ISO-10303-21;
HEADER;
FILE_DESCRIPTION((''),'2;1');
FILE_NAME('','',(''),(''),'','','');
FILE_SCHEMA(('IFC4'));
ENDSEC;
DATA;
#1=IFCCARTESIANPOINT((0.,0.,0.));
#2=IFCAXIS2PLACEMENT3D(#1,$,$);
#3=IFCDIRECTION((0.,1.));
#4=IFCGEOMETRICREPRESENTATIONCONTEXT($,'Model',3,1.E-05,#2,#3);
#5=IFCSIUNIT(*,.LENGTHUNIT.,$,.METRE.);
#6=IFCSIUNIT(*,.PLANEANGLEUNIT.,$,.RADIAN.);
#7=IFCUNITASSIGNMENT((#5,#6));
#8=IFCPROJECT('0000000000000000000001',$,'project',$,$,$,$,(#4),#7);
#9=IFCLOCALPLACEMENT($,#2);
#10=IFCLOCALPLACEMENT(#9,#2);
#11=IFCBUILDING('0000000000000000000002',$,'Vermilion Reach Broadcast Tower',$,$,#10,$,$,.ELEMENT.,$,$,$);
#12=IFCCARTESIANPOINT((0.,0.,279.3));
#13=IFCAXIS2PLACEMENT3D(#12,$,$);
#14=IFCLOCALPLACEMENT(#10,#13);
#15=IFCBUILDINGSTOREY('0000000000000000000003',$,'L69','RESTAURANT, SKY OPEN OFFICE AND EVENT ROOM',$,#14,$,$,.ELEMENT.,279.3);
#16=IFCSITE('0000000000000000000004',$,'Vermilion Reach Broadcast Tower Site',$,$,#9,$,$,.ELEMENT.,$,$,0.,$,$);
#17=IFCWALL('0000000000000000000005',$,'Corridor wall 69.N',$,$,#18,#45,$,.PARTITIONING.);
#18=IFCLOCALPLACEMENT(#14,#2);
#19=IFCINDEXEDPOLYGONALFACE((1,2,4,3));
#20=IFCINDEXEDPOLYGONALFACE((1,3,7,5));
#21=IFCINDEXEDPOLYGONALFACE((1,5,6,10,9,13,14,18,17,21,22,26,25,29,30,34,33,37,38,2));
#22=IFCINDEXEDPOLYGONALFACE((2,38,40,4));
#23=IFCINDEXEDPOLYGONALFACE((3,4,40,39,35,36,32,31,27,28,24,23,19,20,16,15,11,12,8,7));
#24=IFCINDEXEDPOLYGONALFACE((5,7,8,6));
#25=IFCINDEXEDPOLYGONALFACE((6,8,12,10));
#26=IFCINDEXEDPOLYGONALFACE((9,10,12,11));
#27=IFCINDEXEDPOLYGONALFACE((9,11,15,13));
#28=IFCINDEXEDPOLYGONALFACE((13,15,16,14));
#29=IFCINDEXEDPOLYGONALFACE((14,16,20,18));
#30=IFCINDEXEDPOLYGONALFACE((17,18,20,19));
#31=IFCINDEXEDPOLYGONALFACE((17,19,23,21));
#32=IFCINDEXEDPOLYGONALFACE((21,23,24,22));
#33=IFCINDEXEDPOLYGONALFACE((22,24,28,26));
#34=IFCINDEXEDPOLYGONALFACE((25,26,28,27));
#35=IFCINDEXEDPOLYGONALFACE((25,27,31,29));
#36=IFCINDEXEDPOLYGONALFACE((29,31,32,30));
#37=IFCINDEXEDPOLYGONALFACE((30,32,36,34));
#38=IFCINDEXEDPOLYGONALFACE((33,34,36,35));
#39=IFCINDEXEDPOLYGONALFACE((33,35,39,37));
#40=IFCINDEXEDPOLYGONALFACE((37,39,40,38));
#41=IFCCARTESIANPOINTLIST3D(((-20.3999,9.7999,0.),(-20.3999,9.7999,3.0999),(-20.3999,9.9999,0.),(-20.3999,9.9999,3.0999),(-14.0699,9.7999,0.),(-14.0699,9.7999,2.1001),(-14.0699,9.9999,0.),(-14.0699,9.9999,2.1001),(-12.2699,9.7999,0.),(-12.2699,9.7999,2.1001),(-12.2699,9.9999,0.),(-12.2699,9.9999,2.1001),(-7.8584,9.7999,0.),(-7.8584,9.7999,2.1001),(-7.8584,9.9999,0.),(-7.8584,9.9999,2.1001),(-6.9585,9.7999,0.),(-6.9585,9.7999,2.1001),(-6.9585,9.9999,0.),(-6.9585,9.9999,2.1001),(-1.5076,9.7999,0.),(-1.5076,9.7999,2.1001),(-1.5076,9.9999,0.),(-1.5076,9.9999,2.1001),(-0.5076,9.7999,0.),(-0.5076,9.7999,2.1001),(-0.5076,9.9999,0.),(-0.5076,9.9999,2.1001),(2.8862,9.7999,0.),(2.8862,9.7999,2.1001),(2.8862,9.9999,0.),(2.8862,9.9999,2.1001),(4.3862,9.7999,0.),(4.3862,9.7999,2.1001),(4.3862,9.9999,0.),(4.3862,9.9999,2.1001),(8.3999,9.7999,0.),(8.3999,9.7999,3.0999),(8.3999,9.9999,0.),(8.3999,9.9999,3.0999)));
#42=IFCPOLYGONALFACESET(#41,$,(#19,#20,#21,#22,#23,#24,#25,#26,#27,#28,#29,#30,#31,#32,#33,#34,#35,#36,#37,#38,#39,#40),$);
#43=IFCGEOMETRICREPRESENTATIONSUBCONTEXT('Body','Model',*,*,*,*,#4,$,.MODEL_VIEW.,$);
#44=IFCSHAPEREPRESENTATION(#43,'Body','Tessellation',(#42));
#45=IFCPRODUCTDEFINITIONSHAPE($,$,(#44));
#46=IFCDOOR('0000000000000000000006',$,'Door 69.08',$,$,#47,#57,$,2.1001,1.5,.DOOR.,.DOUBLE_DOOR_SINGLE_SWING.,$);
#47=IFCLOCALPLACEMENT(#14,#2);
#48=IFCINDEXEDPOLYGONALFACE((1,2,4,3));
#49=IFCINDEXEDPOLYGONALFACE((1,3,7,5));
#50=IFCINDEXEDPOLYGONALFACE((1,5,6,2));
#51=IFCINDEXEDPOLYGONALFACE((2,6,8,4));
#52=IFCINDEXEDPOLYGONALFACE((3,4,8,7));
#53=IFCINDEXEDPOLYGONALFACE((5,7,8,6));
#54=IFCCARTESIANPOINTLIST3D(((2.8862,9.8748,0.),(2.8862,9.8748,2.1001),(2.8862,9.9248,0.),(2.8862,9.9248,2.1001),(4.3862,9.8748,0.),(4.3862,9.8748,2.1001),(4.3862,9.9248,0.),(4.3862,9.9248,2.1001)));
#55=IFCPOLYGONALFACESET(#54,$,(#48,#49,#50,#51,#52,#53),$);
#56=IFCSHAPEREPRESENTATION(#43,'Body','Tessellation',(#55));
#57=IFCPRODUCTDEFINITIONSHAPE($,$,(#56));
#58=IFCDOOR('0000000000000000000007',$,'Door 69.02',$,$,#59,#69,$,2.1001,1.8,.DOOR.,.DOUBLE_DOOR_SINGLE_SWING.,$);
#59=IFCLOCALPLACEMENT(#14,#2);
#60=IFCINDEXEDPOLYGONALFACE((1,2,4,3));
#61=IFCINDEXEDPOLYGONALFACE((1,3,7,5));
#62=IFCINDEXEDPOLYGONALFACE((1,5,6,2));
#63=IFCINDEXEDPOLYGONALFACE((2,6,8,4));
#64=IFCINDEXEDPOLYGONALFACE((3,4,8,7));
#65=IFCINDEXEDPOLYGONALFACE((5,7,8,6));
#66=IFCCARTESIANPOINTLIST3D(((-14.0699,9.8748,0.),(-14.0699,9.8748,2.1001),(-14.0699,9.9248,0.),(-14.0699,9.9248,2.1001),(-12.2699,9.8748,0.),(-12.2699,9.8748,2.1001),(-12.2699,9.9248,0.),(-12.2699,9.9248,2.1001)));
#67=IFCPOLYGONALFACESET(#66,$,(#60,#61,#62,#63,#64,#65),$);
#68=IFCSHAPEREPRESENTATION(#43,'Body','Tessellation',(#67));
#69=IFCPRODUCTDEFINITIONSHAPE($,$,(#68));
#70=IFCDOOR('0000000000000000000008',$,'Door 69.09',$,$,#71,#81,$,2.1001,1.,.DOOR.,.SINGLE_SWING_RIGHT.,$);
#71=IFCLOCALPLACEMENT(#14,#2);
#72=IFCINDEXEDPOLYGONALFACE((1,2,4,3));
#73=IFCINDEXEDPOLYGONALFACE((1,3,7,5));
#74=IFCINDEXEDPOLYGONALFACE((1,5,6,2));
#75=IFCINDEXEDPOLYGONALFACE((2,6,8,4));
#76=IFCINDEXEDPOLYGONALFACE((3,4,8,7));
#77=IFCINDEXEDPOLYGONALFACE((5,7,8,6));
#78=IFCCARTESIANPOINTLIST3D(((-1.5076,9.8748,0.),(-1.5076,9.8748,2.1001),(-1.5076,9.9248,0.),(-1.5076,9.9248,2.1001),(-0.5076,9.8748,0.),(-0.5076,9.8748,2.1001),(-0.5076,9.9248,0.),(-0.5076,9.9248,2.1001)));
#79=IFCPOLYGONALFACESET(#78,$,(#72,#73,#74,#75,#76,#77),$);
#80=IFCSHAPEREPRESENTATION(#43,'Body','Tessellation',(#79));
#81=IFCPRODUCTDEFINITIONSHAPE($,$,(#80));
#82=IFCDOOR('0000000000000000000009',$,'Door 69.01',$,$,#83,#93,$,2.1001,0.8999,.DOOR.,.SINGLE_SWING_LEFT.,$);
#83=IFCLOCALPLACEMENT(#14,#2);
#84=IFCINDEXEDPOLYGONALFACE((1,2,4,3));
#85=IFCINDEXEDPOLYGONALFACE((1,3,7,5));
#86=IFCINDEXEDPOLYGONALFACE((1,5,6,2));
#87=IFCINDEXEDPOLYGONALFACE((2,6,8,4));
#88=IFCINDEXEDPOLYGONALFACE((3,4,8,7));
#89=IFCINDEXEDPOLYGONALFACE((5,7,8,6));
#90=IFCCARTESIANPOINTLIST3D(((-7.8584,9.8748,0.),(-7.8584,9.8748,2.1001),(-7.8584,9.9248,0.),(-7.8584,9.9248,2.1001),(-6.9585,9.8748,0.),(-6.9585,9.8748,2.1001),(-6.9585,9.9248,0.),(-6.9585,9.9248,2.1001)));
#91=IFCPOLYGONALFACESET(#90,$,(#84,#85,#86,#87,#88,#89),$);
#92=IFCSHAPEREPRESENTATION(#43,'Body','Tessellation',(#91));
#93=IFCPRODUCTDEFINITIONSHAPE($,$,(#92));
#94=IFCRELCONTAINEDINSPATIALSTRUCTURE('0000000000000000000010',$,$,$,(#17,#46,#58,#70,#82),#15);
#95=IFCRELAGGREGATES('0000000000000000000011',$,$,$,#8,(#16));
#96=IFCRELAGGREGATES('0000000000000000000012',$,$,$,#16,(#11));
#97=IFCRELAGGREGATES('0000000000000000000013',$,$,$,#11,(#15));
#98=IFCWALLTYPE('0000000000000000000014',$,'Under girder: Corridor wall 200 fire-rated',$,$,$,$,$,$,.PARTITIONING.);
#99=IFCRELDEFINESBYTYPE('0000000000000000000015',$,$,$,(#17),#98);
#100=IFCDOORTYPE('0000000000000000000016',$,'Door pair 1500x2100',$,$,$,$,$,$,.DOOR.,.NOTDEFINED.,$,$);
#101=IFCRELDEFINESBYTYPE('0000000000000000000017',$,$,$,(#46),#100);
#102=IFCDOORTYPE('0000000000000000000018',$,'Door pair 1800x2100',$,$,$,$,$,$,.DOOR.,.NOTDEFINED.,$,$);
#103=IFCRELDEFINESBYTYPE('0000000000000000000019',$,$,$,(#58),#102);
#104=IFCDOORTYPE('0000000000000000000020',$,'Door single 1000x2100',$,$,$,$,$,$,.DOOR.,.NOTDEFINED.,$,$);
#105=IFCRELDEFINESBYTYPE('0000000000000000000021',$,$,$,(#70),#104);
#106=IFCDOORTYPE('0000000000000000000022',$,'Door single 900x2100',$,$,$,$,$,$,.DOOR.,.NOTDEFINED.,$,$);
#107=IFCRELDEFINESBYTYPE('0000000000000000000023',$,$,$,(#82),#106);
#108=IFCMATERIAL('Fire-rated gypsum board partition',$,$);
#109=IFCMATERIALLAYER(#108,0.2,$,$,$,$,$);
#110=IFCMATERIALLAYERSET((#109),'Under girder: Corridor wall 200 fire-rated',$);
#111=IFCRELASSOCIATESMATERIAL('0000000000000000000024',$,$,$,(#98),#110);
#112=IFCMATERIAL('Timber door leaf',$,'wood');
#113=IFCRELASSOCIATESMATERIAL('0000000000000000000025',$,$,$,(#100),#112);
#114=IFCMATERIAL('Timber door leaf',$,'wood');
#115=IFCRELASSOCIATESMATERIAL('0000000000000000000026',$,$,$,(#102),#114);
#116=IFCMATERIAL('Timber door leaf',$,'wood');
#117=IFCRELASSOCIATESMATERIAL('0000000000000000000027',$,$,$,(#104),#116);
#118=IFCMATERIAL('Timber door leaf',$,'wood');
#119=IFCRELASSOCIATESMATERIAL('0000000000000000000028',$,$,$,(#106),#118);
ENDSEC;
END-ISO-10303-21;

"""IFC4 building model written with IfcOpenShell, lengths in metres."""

from ifc_helpers import new_model, si_unit, direction, frame, frame_2d, origin, place, context, subcontext, project, spatial, rectangle, extrude, material, layer, layer_set, type_object, element, fill, save


model = new_model("IFC4")

# Units and contexts
model_context = context("Model", 3, precision=1e-05, world=origin(), true_north=direction((0.0, 1.0)))
body_context = subcontext(model_context, "Body", "Model", "MODEL_VIEW")
ifc_project = project(units=[si_unit("LENGTHUNIT", "METRE"), si_unit("PLANEANGLEUNIT", "RADIAN")], contexts=[model_context])

# Site, building, storey
site_placement = place(None, origin())
site = spatial("IfcSite", under=ifc_project, at=site_placement, Name="Vermilion Reach Broadcast Tower Site", CompositionType="ELEMENT", RefElevation=0.0)
building_placement = place(site_placement, origin())
building = spatial("IfcBuilding", under=site, at=building_placement, Name="Vermilion Reach Broadcast Tower", CompositionType="ELEMENT")
storey_placement = place(building_placement, frame((0.0, 0.0, 279.3)))
storey = spatial("IfcBuildingStorey", under=building, at=storey_placement, Name="L69", Description="RESTAURANT, SKY OPEN OFFICE AND EVENT ROOM", CompositionType="ELEMENT", Elevation=279.3)

# Wall, openings, doors
ifc_material_1 = material(Name="Fire-rated gypsum board partition")
ifc_layer_1 = layer(ifc_material_1, 0.2)
ifc_layer_set_1 = layer_set([ifc_layer_1], Name="Under girder: Corridor wall 200 fire-rated")
wall_type_1 = type_object("IfcWallType", Name="Under girder: Corridor wall 200 fire-rated", PredefinedType="PARTITIONING", material=ifc_layer_set_1)
wall_1_placement = place(storey_placement, frame((-20.3999, 9.8999, 0.0), z_axis=(0.0, 0.0, 1.0), x_axis=(1.0, 0.0, 0.0)))
wall_1 = element("IfcWall", 1, at=wall_1_placement, inside=storey, type_object=wall_type_1, Name="Corridor wall 69.N", PredefinedType="PARTITIONING", context=body_context, shape_type="SweptSolid", body=[
    extrude(rectangle(XDim=28.7998, YDim=0.2, at=frame_2d((14.3999, 0.0))), origin(), (0.0, 0.0, 1.0), 3.0999),
])
opening_1_placement = place(wall_1_placement, frame((12.5415, 0.0, 0.0)))
opening_1 = element("IfcOpeningElement", 2, at=opening_1_placement, cuts=wall_1, PredefinedType="OPENING", context=body_context, shape_type="SweptSolid", body=[
    extrude(rectangle(XDim=0.8999, YDim=2.1001, at=frame_2d((0.45, 1.05))), frame((0.0, 0.1099, 0.0), z_axis=(0.0, -1.0, 0.0), x_axis=(1.0, 0.0, 0.0)), (0.0, 0.0, 1.0), 0.22),
])
opening_2_placement = place(wall_1_placement, frame((6.3301, 0.0, 0.0)))
opening_2 = element("IfcOpeningElement", 3, at=opening_2_placement, cuts=wall_1, PredefinedType="OPENING", context=body_context, shape_type="SweptSolid", body=[
    extrude(rectangle(XDim=1.8, YDim=2.1001, at=frame_2d((0.8999, 1.05))), frame((0.0, 0.1099, 0.0), z_axis=(0.0, -1.0, 0.0), x_axis=(1.0, 0.0, 0.0)), (0.0, 0.0, 1.0), 0.22),
])
opening_3_placement = place(wall_1_placement, frame((23.2861, 0.0, 0.0)))
opening_3 = element("IfcOpeningElement", 4, at=opening_3_placement, cuts=wall_1, PredefinedType="OPENING", context=body_context, shape_type="SweptSolid", body=[
    extrude(rectangle(XDim=1.5, YDim=2.1001, at=frame_2d((0.75, 1.05))), frame((0.0, 0.1099, 0.0), z_axis=(0.0, -1.0, 0.0), x_axis=(1.0, 0.0, 0.0)), (0.0, 0.0, 1.0), 0.22),
])
opening_4_placement = place(wall_1_placement, frame((18.8923, 0.0, 0.0)))
opening_4 = element("IfcOpeningElement", 5, at=opening_4_placement, cuts=wall_1, PredefinedType="OPENING", context=body_context, shape_type="SweptSolid", body=[
    extrude(rectangle(XDim=1.0, YDim=2.1001, at=frame_2d((0.5, 1.05))), frame((0.0, 0.1099, 0.0), z_axis=(0.0, -1.0, 0.0), x_axis=(1.0, 0.0, 0.0)), (0.0, 0.0, 1.0), 0.22),
])
ifc_material_2 = material(Name="Timber door leaf", Category="wood")
door_type_1 = type_object("IfcDoorType", Name="Door pair 1500x2100", OperationType="NOTDEFINED", PredefinedType="DOOR", material=ifc_material_2)
door_1_placement = place(opening_3_placement, origin())
door_1 = element("IfcDoor", 6, at=door_1_placement, inside=storey, type_object=door_type_1, Name="Door 69.08", OperationType="DOUBLE_DOOR_SINGLE_SWING", OverallHeight=2.1001, OverallWidth=1.5, PredefinedType="DOOR", context=body_context, shape_type="SweptSolid", body=[
    extrude(rectangle(XDim=1.5, YDim=2.1001, at=frame_2d((0.75, 1.05))), frame((0.0, 0.0249, 0.0), z_axis=(0.0, -1.0, 0.0), x_axis=(1.0, 0.0, 0.0)), (0.0, 0.0, 1.0), 0.05),
])
fill(opening_3, door_1)
ifc_material_3 = material(Name="Timber door leaf", Category="wood")
door_type_2 = type_object("IfcDoorType", Name="Door pair 1800x2100", OperationType="NOTDEFINED", PredefinedType="DOOR", material=ifc_material_3)
door_2_placement = place(opening_2_placement, origin())
door_2 = element("IfcDoor", 7, at=door_2_placement, inside=storey, type_object=door_type_2, Name="Door 69.02", OperationType="DOUBLE_DOOR_SINGLE_SWING", OverallHeight=2.1001, OverallWidth=1.8, PredefinedType="DOOR", context=body_context, shape_type="SweptSolid", body=[
    extrude(rectangle(XDim=1.8, YDim=2.1001, at=frame_2d((0.8999, 1.05))), frame((0.0, 0.0249, 0.0), z_axis=(0.0, -1.0, 0.0), x_axis=(1.0, 0.0, 0.0)), (0.0, 0.0, 1.0), 0.05),
])
fill(opening_2, door_2)
ifc_material_4 = material(Name="Timber door leaf", Category="wood")
door_type_3 = type_object("IfcDoorType", Name="Door single 1000x2100", OperationType="NOTDEFINED", PredefinedType="DOOR", material=ifc_material_4)
door_3_placement = place(opening_4_placement, origin())
door_3 = element("IfcDoor", 8, at=door_3_placement, inside=storey, type_object=door_type_3, Name="Door 69.09", OperationType="SINGLE_SWING_RIGHT", OverallHeight=2.1001, OverallWidth=1.0, PredefinedType="DOOR", context=body_context, shape_type="SweptSolid", body=[
    extrude(rectangle(XDim=1.0, YDim=2.1001, at=frame_2d((0.5, 1.05))), frame((0.0, 0.0249, 0.0), z_axis=(0.0, -1.0, 0.0), x_axis=(1.0, 0.0, 0.0)), (0.0, 0.0, 1.0), 0.05),
])
fill(opening_4, door_3)
ifc_material_5 = material(Name="Timber door leaf", Category="wood")
door_type_4 = type_object("IfcDoorType", Name="Door single 900x2100", OperationType="NOTDEFINED", PredefinedType="DOOR", material=ifc_material_5)
door_4_placement = place(opening_1_placement, origin())
door_4 = element("IfcDoor", 9, at=door_4_placement, inside=storey, type_object=door_type_4, Name="Door 69.01", OperationType="SINGLE_SWING_LEFT", OverallHeight=2.1001, OverallWidth=0.8999, PredefinedType="DOOR", context=body_context, shape_type="SweptSolid", body=[
    extrude(rectangle(XDim=0.8999, YDim=2.1001, at=frame_2d((0.45, 1.05))), frame((0.0, 0.0249, 0.0), z_axis=(0.0, -1.0, 0.0), x_axis=(1.0, 0.0, 0.0)), (0.0, 0.0, 1.0), 0.05),
])
fill(opening_1, door_4)

save(model, "model.ifc")
